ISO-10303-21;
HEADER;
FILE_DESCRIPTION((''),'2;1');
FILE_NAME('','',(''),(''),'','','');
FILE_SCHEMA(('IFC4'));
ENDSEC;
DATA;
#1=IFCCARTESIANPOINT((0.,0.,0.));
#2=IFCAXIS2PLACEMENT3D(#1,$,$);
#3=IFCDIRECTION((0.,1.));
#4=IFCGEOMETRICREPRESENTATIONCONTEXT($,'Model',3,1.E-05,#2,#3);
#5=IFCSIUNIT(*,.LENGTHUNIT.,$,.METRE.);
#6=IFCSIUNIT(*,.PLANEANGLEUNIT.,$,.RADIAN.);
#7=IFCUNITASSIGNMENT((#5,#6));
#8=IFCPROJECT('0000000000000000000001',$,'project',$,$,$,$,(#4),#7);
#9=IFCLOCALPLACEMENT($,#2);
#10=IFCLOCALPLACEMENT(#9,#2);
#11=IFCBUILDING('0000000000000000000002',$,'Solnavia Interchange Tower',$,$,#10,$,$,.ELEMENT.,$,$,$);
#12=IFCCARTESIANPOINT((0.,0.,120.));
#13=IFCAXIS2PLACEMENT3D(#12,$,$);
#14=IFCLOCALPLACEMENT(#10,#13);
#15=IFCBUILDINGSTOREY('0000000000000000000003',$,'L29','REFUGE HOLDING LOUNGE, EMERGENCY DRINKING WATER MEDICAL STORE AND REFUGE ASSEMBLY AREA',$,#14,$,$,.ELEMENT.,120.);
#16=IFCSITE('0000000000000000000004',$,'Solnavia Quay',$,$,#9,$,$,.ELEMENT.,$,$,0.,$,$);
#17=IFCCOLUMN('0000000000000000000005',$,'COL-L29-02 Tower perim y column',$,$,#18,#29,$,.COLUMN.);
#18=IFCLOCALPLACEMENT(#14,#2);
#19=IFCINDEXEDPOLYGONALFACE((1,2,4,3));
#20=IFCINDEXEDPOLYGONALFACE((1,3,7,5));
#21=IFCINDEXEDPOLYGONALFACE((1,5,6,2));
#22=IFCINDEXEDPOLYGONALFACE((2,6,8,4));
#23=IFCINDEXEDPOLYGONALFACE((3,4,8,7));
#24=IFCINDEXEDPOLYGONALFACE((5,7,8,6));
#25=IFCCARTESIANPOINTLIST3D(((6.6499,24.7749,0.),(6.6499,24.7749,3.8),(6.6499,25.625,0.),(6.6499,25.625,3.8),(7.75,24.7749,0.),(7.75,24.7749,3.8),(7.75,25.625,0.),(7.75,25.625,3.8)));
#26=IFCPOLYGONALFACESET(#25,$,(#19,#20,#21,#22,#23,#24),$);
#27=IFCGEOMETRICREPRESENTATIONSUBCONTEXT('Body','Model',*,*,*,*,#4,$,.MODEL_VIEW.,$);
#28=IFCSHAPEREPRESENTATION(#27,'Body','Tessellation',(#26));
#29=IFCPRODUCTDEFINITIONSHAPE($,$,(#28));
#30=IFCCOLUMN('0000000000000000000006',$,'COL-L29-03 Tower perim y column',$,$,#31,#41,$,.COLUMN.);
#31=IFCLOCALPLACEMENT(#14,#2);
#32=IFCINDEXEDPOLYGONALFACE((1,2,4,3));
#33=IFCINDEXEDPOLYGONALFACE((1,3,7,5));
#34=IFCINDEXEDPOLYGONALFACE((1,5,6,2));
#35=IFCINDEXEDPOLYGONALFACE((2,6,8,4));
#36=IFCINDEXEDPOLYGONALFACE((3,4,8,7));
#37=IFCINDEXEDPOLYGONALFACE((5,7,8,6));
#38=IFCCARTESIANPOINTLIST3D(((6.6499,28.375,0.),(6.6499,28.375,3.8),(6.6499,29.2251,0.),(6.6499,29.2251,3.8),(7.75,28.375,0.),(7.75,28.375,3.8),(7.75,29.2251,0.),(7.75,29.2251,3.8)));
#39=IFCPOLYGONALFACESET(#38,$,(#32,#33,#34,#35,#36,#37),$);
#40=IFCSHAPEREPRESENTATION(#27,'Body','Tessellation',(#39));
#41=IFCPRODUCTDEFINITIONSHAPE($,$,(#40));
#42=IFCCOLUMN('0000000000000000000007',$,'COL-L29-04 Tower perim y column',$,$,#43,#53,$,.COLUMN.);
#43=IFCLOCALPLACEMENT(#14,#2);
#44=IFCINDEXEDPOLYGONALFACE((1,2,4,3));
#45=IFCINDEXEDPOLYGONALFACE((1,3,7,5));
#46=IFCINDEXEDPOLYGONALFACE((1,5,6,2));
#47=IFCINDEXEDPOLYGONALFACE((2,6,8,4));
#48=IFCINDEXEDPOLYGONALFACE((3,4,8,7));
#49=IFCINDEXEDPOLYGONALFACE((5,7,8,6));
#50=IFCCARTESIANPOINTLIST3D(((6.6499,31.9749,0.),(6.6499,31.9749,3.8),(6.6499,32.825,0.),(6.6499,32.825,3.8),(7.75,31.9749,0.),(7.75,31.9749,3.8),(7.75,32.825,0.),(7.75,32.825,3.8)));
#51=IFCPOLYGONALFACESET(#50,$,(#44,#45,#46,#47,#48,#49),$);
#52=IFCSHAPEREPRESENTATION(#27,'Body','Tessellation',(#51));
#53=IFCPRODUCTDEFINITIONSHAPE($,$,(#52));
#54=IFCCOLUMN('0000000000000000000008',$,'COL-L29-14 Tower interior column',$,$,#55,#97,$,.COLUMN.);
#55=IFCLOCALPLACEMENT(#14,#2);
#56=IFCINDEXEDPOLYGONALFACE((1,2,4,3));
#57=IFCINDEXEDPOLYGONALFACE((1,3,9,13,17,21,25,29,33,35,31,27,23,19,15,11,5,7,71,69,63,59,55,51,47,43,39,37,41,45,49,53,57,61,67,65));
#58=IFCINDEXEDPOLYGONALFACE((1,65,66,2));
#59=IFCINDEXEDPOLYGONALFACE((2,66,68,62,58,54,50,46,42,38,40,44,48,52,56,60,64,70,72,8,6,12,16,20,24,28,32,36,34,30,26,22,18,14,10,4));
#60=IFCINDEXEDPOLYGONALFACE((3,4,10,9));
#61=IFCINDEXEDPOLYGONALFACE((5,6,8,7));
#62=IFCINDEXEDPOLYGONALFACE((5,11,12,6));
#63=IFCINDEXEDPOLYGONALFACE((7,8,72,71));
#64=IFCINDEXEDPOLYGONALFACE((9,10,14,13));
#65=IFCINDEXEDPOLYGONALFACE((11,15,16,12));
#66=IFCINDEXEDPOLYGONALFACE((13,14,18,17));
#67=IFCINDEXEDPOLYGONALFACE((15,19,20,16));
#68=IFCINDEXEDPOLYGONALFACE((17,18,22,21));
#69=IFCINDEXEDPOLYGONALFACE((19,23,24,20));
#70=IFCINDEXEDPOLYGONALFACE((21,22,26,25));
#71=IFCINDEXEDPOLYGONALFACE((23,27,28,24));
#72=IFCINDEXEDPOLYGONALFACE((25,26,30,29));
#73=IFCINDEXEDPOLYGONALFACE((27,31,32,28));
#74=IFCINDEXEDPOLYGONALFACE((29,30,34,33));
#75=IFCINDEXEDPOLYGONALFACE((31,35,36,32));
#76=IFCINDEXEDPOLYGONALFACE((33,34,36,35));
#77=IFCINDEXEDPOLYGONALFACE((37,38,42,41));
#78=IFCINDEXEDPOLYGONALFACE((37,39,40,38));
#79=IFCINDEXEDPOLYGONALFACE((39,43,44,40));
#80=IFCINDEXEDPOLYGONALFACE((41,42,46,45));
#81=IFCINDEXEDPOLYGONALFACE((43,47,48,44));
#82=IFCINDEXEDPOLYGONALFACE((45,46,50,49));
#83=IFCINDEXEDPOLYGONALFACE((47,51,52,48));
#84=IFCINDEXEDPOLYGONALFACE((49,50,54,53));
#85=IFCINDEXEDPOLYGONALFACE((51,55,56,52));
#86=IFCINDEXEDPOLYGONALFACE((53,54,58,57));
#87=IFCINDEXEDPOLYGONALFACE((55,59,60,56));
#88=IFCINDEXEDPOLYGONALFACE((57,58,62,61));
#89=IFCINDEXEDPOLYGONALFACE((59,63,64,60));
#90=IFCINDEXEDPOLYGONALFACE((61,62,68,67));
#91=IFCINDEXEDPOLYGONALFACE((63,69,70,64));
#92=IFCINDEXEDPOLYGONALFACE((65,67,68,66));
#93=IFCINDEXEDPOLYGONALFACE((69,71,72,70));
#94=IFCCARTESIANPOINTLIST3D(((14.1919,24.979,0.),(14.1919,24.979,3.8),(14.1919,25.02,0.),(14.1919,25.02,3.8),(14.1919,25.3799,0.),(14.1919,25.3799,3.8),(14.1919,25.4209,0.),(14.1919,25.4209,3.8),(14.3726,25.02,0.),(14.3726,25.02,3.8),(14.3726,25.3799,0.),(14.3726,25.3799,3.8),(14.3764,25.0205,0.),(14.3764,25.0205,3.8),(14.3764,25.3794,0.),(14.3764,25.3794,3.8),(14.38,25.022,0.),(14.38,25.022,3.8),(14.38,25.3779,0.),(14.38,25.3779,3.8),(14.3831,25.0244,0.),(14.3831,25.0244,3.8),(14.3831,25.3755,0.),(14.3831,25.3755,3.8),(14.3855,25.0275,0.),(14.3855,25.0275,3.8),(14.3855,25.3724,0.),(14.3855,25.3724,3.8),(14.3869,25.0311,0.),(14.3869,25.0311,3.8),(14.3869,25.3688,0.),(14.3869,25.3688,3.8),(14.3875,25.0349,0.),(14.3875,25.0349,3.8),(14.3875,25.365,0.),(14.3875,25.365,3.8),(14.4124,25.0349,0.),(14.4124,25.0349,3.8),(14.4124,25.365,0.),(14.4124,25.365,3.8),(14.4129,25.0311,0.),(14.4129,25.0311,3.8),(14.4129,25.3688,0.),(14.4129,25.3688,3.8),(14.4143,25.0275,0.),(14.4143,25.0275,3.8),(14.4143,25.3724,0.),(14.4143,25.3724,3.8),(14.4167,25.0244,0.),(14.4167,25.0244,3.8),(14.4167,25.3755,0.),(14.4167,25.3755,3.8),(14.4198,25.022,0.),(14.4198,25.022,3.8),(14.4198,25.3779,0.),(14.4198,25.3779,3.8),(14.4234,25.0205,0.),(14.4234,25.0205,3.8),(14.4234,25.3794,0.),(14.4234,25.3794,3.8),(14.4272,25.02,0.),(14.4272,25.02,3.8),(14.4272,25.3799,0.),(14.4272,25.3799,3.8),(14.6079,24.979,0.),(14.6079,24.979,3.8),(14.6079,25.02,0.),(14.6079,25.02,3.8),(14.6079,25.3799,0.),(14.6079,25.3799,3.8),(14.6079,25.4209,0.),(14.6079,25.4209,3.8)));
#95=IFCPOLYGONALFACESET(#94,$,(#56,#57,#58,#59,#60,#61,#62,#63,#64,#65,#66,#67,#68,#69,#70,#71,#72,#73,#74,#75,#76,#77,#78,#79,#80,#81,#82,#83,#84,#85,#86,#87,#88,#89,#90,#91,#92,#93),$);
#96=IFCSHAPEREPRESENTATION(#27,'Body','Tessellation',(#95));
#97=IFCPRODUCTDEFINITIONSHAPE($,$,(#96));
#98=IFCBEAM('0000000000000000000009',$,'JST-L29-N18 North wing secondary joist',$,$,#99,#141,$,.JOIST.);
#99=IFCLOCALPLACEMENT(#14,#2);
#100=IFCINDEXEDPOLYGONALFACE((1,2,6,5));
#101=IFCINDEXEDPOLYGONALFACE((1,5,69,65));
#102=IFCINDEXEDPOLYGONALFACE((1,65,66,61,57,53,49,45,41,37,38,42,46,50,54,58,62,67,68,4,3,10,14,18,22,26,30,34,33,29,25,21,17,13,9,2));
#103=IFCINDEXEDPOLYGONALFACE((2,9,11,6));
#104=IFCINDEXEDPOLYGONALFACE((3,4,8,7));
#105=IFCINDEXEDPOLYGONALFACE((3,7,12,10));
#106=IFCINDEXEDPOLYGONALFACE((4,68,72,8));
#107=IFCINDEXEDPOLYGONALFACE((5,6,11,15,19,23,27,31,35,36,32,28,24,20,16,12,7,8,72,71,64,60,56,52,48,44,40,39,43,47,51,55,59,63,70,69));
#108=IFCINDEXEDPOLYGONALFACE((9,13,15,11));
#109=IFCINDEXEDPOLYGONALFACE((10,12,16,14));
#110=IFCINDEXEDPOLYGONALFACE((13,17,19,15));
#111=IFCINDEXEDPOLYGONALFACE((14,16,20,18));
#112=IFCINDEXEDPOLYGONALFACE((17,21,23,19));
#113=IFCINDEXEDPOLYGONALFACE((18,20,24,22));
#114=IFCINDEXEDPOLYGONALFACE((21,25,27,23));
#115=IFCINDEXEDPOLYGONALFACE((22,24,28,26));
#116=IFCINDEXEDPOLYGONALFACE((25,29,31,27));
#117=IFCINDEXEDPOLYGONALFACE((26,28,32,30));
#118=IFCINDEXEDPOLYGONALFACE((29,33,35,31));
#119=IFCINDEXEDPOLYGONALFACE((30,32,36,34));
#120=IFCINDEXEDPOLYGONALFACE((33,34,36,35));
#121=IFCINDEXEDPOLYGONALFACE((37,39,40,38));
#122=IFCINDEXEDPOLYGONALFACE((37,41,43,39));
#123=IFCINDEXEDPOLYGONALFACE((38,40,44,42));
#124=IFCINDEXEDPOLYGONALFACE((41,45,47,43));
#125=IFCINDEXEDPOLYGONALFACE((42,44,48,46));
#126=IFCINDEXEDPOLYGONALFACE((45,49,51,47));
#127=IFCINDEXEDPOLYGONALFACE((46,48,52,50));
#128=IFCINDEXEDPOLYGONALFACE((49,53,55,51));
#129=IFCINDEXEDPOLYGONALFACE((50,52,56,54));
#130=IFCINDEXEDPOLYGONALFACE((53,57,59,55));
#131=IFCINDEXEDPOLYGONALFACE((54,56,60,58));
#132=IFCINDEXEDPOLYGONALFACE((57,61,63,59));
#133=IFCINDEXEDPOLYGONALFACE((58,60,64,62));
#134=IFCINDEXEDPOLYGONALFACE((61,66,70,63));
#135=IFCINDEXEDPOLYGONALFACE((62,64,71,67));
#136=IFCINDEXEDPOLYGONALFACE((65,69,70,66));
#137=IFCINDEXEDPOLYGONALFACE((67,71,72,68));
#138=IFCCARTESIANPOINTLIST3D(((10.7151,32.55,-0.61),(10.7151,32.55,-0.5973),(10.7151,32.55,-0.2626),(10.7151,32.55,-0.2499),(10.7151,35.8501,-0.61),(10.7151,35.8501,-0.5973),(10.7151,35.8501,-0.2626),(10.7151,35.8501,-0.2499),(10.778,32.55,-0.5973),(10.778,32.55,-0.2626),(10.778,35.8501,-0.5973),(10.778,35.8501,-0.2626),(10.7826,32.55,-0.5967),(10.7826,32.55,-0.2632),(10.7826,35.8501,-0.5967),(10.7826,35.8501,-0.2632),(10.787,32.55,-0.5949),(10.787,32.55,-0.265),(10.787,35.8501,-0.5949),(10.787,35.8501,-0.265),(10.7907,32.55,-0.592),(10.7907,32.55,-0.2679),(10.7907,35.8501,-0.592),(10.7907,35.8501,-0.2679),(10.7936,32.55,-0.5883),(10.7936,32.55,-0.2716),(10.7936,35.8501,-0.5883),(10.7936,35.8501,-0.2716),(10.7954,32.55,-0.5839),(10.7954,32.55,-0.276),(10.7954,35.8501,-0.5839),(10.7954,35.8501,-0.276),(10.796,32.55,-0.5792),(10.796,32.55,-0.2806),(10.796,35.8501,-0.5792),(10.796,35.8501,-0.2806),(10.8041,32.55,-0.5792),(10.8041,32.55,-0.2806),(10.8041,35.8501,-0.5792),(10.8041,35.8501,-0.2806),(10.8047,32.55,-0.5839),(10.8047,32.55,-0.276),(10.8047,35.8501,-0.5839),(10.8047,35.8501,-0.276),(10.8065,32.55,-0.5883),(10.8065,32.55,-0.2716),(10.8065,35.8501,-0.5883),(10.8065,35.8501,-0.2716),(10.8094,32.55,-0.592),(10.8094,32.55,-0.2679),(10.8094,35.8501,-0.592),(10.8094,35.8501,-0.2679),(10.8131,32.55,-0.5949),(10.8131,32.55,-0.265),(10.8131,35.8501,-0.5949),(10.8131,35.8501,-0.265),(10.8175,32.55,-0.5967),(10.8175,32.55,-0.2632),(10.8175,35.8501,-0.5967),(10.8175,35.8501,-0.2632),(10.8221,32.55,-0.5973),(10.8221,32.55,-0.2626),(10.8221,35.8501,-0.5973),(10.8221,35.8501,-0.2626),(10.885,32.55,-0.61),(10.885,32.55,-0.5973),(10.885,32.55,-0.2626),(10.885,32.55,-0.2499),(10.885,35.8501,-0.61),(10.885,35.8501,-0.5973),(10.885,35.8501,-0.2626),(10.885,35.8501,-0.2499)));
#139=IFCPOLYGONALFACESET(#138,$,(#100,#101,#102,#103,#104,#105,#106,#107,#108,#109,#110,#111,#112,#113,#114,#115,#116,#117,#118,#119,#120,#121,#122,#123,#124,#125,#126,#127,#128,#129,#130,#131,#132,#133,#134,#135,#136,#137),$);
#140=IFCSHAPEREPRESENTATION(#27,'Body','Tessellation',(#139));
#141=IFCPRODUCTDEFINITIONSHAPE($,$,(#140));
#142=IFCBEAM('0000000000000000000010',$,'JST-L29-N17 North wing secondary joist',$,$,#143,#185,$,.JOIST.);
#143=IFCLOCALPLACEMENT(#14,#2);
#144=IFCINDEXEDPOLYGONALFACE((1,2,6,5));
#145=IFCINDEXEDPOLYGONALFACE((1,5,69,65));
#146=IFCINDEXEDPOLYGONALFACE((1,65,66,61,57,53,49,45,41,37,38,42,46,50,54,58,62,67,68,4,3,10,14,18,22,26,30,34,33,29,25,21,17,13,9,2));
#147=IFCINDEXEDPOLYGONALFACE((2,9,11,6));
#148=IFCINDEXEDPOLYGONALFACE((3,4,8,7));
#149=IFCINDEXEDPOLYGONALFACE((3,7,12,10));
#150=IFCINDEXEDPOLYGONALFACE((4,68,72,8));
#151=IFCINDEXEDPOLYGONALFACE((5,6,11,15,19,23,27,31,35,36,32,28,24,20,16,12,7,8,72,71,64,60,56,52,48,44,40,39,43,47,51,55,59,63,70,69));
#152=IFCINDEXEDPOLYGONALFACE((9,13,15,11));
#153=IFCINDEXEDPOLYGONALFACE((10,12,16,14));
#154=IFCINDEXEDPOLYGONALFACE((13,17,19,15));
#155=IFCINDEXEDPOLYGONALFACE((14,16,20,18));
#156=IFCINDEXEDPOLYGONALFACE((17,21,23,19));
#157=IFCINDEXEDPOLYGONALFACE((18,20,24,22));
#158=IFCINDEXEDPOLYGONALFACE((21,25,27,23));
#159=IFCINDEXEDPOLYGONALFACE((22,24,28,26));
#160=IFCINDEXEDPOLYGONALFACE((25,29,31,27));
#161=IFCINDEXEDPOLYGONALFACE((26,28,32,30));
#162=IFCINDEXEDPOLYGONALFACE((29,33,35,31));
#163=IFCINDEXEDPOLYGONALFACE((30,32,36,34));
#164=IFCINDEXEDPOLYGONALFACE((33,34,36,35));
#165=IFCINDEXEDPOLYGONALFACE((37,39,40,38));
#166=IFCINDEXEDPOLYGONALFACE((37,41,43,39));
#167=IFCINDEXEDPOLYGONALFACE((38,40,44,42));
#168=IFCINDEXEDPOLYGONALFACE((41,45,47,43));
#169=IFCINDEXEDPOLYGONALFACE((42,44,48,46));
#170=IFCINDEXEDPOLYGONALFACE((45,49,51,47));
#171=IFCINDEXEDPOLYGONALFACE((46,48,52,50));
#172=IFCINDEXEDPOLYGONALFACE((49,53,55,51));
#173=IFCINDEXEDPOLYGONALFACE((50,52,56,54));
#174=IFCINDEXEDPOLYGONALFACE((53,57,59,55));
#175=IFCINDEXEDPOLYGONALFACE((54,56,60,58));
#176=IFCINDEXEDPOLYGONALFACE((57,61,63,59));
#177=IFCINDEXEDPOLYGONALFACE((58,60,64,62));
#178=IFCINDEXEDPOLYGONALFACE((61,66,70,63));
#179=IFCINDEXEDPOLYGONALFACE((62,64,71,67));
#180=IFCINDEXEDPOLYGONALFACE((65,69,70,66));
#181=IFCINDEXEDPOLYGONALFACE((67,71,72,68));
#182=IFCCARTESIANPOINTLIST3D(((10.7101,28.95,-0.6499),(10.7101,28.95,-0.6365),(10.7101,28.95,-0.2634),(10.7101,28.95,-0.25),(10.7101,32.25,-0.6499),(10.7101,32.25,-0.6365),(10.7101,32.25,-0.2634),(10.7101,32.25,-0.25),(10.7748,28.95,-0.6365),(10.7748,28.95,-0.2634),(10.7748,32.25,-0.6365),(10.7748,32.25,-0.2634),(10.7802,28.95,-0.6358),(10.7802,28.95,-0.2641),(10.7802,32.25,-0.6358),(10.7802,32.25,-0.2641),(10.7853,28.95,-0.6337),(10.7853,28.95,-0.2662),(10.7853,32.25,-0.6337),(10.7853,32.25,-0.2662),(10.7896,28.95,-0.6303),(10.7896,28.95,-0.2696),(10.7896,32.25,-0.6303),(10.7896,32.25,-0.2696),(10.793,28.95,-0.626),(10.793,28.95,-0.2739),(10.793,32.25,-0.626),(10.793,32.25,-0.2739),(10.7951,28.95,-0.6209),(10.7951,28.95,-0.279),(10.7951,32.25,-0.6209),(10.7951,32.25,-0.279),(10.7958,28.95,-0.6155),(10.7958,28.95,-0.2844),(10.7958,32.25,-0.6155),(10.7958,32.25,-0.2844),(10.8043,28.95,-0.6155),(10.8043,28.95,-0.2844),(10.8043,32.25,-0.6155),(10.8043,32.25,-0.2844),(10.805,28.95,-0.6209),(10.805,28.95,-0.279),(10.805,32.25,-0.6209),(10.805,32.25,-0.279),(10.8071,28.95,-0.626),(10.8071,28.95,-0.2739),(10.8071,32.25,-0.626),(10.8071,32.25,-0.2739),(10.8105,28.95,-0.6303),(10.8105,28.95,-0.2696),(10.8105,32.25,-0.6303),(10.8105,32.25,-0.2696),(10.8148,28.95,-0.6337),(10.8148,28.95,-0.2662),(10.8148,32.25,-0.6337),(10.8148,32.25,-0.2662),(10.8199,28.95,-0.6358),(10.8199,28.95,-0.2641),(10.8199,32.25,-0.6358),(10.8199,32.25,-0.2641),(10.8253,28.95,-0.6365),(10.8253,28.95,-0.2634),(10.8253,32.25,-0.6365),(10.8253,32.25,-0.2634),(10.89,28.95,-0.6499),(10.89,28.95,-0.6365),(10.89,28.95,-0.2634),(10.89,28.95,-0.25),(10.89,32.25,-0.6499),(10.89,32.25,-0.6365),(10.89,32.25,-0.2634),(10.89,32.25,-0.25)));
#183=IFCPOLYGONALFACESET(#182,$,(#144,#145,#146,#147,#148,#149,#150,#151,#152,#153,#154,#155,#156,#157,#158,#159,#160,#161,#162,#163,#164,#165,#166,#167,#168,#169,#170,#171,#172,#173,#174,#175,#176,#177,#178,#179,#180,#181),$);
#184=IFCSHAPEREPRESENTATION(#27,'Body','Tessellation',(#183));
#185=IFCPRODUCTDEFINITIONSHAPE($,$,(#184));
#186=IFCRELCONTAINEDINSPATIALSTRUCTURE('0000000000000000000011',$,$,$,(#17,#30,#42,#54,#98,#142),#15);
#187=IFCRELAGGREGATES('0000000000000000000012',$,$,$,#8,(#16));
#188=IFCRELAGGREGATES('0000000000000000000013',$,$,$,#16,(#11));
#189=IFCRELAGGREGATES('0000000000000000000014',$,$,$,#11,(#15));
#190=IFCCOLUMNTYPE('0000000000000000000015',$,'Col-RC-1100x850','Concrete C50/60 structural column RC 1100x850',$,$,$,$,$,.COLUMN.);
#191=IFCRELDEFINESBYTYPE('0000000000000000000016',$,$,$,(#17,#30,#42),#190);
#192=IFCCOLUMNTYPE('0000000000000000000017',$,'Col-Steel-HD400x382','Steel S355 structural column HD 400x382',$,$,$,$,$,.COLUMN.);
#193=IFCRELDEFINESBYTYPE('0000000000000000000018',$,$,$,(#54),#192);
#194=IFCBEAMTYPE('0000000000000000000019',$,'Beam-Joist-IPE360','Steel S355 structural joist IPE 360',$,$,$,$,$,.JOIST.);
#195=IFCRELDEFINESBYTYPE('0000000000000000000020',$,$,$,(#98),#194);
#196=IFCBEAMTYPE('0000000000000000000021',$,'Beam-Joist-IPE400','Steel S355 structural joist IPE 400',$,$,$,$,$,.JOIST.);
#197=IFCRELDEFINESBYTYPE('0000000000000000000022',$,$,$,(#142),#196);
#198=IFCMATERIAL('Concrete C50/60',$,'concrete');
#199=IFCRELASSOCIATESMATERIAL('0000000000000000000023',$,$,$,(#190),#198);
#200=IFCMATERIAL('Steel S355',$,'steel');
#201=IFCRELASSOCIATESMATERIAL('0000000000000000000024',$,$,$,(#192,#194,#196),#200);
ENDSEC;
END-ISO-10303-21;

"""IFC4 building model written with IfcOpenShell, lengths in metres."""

from ifc_helpers import new_model, si_unit, direction, frame, origin, origin_2d, place, context, subcontext, project, spatial, rectangle, i_section, extrude, material, material_profile, profile_set, type_object, element, save


model = new_model("IFC4")

# Units and contexts
model_context = context("Model", 3, precision=1e-05, world=origin(), true_north=direction((0.0, 1.0)))
body_context = subcontext(model_context, "Body", "Model", "MODEL_VIEW")
ifc_project = project(units=[si_unit("LENGTHUNIT", "METRE"), si_unit("PLANEANGLEUNIT", "RADIAN")], contexts=[model_context])

# Site, building, storey
site_placement = place(None, origin())
site = spatial("IfcSite", under=ifc_project, at=site_placement, Name="Solnavia Quay", CompositionType="ELEMENT", RefElevation=0.0)
building_placement = place(site_placement, origin())
building = spatial("IfcBuilding", under=site, at=building_placement, Name="Solnavia Interchange Tower", CompositionType="ELEMENT")
storey_placement = place(building_placement, frame((0.0, 0.0, 120.0)))
storey = spatial("IfcBuildingStorey", under=building, at=storey_placement, Name="L29", Description="REFUGE HOLDING LOUNGE, EMERGENCY DRINKING WATER MEDICAL STORE AND REFUGE ASSEMBLY AREA", CompositionType="ELEMENT", Elevation=120.0)

# Columns
ifc_material_1 = material(Name="Concrete C50/60", Category="concrete")
ifc_material_profile_1 = material_profile(ifc_material_1, rectangle(XDim=0.8501, YDim=1.1001, at=origin_2d()), Name="RC 1100x850")
ifc_profile_set_1 = profile_set([ifc_material_profile_1], Name="Concrete C50/60")
column_type_1 = type_object("IfcColumnType", Name="Col-RC-1100x850", Description="Concrete C50/60 structural column RC 1100x850", PredefinedType="COLUMN", material=ifc_profile_set_1)
for number, where, z_axis, x_axis, name in (
    (1, (7.2, 25.2, 0.0), (0.0, 0.0, 1.0), (0.0, 1.0, 0.0), "COL-L29-02 Tower perim y column"),
    (2, (7.2, 28.8, 0.0), (0.0, 0.0, 1.0), (0.0, 1.0, 0.0), "COL-L29-03 Tower perim y column"),
    (3, (7.2, 32.3999, 0.0), (0.0, 0.0, 1.0), (0.0, 1.0, 0.0), "COL-L29-04 Tower perim y column"),
):
    element("IfcColumn", number, at=place(storey_placement, frame(where, z_axis=z_axis, x_axis=x_axis)), inside=storey, type_object=column_type_1, Name=name, PredefinedType="COLUMN", context=body_context, shape_type="SweptSolid", body=[
        extrude(rectangle(XDim=0.8501, YDim=1.1001, at=origin_2d()), origin(), (0.0, 0.0, 1.0), 3.8),
    ])
ifc_material_2 = material(Name="Steel S355", Category="steel")
ifc_material_profile_2 = material_profile(ifc_material_2, i_section(OverallWidth=0.416, OverallDepth=0.4419, WebThickness=0.0249, FlangeThickness=0.041, FilletRadius=0.0149, at=origin_2d()), Name="HD 400x382")
ifc_profile_set_2 = profile_set([ifc_material_profile_2], Name="Steel S355")
column_type_2 = type_object("IfcColumnType", Name="Col-Steel-HD400x382", Description="Steel S355 structural column HD 400x382", PredefinedType="COLUMN", material=ifc_profile_set_2)
column_placement = place(storey_placement, frame((14.3999, 25.2, 0.0), z_axis=(0.0, 0.0, 1.0), x_axis=(1.0, 0.0, 0.0)))
element("IfcColumn", 4, at=column_placement, inside=storey, type_object=column_type_2, Name="COL-L29-14 Tower interior column", PredefinedType="COLUMN", context=body_context, shape_type="SweptSolid", body=[
    extrude(i_section(OverallWidth=0.416, OverallDepth=0.4419, WebThickness=0.0249, FlangeThickness=0.041, FilletRadius=0.0149, at=origin_2d()), origin(), (0.0, 0.0, 1.0), 3.8),
])

# Beams
ifc_material_profile_3 = material_profile(ifc_material_2, i_section(OverallWidth=0.1699, OverallDepth=0.3601, WebThickness=0.0081, FlangeThickness=0.0127, FilletRadius=0.0181, at=origin_2d()), Name="IPE 360")
ifc_profile_set_3 = profile_set([ifc_material_profile_3], Name="Steel S355")
beam_type_1 = type_object("IfcBeamType", Name="Beam-Joist-IPE360", Description="Steel S355 structural joist IPE 360", PredefinedType="JOIST", material=ifc_profile_set_3)
beam_1_placement = place(storey_placement, frame((10.8, 32.55, -0.4299), z_axis=(0.0, 1.0, 0.0), x_axis=(-1.0, 0.0, 0.0)))
element("IfcBeam", 5, at=beam_1_placement, inside=storey, type_object=beam_type_1, Name="JST-L29-N18 North wing secondary joist", PredefinedType="JOIST", context=body_context, shape_type="SweptSolid", body=[
    extrude(i_section(OverallWidth=0.1699, OverallDepth=0.3601, WebThickness=0.0081, FlangeThickness=0.0127, FilletRadius=0.0181, at=origin_2d()), origin(), (0.0, 0.0, 1.0), 3.3),
])
ifc_material_profile_4 = material_profile(ifc_material_2, i_section(OverallWidth=0.1799, OverallDepth=0.3999, WebThickness=0.0085, FlangeThickness=0.0134, FilletRadius=0.021, at=origin_2d()), Name="IPE 400")
ifc_profile_set_4 = profile_set([ifc_material_profile_4], Name="Steel S355")
beam_type_2 = type_object("IfcBeamType", Name="Beam-Joist-IPE400", Description="Steel S355 structural joist IPE 400", PredefinedType="JOIST", material=ifc_profile_set_4)
beam_2_placement = place(storey_placement, frame((10.8, 28.95, -0.45), z_axis=(0.0, 1.0, 0.0), x_axis=(-1.0, 0.0, 0.0)))
element("IfcBeam", 6, at=beam_2_placement, inside=storey, type_object=beam_type_2, Name="JST-L29-N17 North wing secondary joist", PredefinedType="JOIST", context=body_context, shape_type="SweptSolid", body=[
    extrude(i_section(OverallWidth=0.1799, OverallDepth=0.3999, WebThickness=0.0085, FlangeThickness=0.0134, FilletRadius=0.021, at=origin_2d()), origin(), (0.0, 0.0, 1.0), 3.3),
])

save(model, "model.ifc")
